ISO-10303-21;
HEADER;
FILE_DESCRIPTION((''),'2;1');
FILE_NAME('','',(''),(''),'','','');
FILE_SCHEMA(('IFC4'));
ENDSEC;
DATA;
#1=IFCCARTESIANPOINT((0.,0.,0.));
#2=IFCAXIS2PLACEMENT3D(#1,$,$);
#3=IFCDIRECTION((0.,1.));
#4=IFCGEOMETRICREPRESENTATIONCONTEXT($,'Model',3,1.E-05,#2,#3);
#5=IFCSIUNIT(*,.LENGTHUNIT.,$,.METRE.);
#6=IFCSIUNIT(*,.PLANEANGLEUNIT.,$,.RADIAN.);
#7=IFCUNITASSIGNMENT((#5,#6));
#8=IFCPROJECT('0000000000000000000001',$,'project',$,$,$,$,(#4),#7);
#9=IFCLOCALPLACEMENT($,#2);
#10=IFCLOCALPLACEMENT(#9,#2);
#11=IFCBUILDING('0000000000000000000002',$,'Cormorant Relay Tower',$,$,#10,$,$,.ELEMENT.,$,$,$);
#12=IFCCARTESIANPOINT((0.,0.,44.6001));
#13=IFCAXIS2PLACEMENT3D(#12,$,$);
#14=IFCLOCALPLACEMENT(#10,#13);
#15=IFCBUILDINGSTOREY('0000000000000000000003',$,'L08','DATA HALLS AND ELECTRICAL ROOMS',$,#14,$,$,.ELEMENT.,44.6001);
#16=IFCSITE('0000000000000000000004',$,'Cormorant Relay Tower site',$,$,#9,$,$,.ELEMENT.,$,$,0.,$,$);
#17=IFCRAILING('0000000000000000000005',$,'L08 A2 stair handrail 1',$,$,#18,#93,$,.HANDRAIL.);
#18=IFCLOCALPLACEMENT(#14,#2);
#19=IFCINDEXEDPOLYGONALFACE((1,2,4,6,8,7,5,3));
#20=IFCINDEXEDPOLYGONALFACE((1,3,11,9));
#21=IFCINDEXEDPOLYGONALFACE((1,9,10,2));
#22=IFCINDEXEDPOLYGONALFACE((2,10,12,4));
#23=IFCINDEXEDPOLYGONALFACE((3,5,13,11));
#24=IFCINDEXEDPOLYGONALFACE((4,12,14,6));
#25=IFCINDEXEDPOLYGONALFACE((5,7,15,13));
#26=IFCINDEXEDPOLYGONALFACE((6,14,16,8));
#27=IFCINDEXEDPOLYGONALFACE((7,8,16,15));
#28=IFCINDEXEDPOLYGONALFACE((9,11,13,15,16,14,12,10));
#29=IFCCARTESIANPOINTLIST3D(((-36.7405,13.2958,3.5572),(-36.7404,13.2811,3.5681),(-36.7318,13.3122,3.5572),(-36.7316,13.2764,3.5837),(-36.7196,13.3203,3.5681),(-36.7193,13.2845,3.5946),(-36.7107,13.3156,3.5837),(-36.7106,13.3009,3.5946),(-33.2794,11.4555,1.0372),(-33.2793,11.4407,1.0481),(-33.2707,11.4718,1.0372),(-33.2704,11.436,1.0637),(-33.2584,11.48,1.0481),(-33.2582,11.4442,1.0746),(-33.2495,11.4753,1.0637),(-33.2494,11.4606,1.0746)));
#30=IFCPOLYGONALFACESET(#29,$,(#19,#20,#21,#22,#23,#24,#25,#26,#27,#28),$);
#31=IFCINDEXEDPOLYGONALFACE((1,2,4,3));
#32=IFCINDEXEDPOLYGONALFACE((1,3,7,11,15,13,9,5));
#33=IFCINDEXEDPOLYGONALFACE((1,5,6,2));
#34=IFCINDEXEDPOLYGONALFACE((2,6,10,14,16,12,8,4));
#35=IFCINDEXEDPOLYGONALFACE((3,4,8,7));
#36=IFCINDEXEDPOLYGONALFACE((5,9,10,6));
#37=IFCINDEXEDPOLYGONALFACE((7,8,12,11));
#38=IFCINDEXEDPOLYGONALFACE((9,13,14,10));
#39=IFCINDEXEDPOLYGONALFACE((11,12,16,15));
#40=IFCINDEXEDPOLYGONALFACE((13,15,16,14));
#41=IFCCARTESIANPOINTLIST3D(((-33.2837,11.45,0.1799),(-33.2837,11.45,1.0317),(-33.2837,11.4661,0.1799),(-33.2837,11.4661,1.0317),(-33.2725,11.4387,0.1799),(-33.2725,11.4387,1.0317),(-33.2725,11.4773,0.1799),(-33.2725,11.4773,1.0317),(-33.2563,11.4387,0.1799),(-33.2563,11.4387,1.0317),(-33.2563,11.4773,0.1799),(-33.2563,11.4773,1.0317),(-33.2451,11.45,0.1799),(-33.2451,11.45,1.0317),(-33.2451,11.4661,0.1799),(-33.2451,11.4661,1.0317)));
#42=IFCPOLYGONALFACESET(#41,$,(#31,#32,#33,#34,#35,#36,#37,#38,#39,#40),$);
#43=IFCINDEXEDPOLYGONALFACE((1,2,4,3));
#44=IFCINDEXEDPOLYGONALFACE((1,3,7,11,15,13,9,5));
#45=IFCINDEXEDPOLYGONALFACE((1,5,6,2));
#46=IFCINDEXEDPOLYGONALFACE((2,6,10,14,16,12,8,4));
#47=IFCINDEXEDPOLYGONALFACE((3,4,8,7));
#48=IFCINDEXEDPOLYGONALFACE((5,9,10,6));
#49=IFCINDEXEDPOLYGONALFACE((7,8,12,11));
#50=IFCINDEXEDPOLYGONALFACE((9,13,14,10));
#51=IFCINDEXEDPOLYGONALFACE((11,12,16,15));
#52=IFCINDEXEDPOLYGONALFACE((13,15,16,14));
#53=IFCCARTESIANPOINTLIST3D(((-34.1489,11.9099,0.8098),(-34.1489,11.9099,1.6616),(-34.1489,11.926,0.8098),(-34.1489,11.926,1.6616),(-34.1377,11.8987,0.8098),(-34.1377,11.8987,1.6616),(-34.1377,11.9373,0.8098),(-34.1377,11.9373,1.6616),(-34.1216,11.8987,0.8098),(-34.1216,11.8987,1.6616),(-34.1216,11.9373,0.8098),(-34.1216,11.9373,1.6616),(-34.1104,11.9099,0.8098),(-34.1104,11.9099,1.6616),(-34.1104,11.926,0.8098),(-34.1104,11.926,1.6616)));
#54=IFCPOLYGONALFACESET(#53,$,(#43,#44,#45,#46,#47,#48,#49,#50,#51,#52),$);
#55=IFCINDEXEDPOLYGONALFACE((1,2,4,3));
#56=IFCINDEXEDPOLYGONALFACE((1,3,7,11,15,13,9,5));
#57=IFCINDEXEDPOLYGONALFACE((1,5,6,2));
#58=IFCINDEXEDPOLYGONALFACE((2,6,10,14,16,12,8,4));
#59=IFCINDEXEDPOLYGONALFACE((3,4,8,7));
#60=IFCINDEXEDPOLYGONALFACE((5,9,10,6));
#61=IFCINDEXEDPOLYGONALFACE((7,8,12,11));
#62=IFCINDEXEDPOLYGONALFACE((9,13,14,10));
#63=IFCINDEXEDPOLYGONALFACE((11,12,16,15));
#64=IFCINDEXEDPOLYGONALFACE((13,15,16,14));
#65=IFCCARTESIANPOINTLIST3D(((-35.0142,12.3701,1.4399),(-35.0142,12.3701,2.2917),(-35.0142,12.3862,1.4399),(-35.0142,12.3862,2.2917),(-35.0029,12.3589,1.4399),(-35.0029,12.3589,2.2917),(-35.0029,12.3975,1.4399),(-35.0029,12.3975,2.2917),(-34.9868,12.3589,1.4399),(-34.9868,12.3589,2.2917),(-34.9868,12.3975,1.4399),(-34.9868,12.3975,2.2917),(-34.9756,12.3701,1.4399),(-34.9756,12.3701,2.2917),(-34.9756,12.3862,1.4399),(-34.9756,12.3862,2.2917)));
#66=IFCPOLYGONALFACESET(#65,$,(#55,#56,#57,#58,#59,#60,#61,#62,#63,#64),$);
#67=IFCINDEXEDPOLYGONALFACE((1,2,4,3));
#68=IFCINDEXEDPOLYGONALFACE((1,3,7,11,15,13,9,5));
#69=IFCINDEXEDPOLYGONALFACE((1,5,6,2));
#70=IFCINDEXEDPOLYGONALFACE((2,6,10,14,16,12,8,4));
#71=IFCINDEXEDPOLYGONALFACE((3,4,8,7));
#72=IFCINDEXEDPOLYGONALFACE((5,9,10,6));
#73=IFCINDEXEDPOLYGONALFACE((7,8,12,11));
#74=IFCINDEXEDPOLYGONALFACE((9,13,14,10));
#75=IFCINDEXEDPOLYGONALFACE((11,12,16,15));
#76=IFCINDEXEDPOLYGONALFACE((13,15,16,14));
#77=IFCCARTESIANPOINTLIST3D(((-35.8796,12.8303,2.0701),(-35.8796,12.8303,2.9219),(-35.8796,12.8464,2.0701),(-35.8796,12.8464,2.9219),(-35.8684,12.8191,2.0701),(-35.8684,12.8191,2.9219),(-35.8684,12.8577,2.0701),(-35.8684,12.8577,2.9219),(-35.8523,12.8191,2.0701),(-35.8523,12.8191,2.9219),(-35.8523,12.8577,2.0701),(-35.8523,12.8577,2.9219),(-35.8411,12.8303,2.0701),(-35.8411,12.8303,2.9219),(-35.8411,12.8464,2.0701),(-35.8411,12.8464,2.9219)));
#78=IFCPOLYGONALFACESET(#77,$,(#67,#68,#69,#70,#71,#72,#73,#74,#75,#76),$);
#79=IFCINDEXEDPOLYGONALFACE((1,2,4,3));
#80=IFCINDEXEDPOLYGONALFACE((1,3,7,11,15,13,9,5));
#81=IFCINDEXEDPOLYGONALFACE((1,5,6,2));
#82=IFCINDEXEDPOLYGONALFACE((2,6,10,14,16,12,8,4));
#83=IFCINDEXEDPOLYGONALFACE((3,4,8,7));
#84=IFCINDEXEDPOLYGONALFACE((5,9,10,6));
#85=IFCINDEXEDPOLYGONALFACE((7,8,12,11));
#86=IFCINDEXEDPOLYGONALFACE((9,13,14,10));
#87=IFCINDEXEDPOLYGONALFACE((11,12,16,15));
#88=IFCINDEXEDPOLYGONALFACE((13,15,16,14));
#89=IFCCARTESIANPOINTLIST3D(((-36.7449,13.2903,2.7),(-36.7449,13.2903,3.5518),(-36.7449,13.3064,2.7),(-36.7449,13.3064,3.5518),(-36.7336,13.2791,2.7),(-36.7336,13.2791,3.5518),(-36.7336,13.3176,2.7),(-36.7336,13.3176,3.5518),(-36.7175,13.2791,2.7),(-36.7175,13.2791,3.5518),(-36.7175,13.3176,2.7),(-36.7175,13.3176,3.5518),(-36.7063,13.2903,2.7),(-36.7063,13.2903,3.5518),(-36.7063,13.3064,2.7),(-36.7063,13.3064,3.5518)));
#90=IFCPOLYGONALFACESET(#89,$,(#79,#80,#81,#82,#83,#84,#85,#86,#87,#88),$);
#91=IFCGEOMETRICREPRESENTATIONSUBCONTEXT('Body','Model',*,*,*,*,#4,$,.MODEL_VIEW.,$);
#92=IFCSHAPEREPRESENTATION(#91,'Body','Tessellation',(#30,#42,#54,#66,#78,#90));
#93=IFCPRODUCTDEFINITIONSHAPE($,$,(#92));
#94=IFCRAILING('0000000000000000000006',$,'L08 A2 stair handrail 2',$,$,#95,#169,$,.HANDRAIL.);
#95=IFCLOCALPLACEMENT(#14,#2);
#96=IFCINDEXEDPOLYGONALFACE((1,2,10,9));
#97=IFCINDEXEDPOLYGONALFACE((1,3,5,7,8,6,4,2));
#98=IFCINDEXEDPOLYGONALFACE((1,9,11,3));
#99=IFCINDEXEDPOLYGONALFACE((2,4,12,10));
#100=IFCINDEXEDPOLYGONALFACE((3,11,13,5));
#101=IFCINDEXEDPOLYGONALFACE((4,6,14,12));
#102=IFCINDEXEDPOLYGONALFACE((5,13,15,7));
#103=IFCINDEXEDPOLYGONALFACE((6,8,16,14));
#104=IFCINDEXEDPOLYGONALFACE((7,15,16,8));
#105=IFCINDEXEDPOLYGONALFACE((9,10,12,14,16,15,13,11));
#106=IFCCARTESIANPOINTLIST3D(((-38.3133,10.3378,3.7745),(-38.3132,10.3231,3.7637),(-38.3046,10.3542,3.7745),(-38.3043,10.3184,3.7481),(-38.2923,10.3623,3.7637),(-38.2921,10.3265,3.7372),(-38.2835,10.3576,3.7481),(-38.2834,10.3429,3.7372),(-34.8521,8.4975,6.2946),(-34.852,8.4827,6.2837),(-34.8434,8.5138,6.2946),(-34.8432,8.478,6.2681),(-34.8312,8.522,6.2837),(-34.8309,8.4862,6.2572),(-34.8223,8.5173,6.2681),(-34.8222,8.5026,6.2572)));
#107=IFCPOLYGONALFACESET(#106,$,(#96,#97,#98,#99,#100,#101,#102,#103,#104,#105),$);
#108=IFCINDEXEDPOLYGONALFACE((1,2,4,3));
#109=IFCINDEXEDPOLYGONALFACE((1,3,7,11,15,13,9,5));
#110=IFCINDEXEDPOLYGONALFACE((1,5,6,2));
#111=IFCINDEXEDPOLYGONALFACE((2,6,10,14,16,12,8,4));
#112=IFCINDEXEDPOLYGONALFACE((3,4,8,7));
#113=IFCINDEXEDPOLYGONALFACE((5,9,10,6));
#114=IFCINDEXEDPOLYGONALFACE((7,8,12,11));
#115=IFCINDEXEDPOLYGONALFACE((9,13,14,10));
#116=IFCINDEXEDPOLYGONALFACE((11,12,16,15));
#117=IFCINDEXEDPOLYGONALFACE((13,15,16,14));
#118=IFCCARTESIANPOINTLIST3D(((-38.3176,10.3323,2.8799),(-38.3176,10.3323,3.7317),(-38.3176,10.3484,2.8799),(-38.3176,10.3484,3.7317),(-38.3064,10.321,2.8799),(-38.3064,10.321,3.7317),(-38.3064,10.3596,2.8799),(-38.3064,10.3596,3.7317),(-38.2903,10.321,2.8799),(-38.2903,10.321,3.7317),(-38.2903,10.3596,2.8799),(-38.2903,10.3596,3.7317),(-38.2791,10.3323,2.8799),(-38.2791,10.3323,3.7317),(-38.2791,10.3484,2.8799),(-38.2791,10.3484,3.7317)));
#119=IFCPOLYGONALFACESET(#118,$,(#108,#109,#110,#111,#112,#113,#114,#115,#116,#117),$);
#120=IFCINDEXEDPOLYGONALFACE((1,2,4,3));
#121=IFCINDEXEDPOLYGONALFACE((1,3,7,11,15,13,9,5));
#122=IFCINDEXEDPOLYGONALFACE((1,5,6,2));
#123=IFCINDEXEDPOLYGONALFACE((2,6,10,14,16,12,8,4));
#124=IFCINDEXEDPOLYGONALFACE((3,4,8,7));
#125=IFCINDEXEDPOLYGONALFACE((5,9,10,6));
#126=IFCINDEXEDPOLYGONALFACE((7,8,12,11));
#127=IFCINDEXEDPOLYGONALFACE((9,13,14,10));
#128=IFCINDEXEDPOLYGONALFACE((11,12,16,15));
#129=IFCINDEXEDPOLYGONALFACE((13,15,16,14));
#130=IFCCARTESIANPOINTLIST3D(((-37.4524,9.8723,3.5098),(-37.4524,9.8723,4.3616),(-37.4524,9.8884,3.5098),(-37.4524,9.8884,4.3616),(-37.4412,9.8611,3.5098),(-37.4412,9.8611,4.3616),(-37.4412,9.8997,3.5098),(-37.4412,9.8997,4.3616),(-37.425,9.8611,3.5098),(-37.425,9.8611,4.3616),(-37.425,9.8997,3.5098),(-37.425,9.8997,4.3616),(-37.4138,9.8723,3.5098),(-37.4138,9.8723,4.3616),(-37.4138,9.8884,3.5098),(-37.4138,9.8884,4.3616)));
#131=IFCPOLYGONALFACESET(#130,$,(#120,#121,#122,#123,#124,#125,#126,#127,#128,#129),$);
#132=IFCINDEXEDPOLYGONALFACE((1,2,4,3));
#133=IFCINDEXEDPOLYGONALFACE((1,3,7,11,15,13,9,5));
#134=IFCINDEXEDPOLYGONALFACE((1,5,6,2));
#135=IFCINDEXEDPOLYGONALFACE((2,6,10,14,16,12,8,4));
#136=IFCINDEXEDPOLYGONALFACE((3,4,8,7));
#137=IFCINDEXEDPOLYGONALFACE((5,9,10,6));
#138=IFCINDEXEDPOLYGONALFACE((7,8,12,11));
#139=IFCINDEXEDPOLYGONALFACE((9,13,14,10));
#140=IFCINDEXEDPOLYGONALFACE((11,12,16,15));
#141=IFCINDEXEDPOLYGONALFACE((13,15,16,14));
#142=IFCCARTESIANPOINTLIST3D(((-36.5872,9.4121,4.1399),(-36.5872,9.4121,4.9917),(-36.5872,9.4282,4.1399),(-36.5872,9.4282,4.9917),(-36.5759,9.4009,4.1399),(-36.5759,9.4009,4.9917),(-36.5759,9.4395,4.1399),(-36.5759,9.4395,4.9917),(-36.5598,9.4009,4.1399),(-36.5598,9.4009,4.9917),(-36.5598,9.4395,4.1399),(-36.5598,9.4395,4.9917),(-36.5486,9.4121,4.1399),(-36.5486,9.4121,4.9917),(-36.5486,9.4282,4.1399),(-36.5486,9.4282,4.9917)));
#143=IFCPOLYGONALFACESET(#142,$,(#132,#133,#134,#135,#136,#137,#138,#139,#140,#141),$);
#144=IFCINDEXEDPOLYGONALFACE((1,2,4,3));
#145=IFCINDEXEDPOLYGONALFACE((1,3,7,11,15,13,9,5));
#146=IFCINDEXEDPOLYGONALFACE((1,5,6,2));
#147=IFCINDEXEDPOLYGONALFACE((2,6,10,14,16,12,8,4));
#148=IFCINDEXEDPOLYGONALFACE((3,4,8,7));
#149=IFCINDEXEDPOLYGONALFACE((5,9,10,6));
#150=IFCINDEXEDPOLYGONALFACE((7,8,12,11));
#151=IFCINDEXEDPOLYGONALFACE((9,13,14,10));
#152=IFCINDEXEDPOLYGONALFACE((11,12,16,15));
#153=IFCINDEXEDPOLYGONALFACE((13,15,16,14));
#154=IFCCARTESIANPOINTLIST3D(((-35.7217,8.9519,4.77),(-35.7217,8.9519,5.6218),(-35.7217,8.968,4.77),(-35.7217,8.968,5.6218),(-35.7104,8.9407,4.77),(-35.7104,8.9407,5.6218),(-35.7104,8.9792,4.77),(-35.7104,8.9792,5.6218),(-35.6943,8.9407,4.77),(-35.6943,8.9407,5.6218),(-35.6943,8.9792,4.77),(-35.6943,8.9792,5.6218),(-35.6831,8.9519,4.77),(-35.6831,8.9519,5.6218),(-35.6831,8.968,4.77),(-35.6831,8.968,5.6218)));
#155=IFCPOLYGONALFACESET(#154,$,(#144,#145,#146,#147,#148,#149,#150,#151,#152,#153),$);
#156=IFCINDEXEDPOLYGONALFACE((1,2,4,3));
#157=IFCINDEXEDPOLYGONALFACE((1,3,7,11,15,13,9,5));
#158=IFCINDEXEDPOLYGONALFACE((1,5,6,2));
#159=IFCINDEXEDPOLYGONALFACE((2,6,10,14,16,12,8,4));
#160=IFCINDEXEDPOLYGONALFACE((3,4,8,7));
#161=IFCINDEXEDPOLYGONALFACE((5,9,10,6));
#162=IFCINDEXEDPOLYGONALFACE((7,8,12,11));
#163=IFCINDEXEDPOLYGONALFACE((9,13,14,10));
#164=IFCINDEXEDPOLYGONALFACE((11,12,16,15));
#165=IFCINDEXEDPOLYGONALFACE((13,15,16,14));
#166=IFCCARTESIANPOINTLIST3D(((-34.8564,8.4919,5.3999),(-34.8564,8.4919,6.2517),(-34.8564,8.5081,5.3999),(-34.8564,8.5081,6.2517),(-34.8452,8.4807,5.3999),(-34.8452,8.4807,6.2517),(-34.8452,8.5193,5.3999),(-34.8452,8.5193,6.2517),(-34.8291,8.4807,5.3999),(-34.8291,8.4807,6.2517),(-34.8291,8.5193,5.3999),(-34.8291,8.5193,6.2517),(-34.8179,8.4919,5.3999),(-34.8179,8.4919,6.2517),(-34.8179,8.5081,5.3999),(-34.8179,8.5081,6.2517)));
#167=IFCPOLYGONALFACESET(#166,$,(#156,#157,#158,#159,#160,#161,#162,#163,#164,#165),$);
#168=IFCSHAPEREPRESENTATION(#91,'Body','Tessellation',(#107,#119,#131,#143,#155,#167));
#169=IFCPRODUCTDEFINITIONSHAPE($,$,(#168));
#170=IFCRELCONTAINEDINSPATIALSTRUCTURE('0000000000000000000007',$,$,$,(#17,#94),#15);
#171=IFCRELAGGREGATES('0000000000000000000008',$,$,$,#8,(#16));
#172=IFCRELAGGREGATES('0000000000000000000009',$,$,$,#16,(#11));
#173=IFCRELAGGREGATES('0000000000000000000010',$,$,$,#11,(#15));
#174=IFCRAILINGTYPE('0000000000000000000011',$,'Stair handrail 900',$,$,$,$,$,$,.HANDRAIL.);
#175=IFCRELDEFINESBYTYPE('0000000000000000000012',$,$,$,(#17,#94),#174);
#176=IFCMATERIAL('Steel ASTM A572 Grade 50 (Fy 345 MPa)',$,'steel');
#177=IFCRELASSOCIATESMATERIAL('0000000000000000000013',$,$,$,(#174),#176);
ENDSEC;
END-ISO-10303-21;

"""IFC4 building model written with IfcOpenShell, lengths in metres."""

from ifc_helpers import new_model, si_unit, direction, frame, origin, place, context, subcontext, project, spatial, polyline, outline, extrude, material, type_object, element, save


model = new_model("IFC4")

# Units and contexts
model_context = context("Model", 3, precision=1e-05, world=origin(), true_north=direction((0.0, 1.0)))
body_context = subcontext(model_context, "Body", "Model", "MODEL_VIEW")
ifc_project = project(units=[si_unit("LENGTHUNIT", "METRE"), si_unit("PLANEANGLEUNIT", "RADIAN")], contexts=[model_context])

# Site, building, storey
site_placement = place(None, origin())
site = spatial("IfcSite", under=ifc_project, at=site_placement, Name="Cormorant Relay Tower site", CompositionType="ELEMENT", RefElevation=0.0)
building_placement = place(site_placement, origin())
building = spatial("IfcBuilding", under=site, at=building_placement, Name="Cormorant Relay Tower", CompositionType="ELEMENT")
storey_placement = place(building_placement, frame((0.0, 0.0, 44.6001)))
storey = spatial("IfcBuildingStorey", under=building, at=storey_placement, Name="L08", Description="DATA HALLS AND ELECTRICAL ROOMS", CompositionType="ELEMENT", Elevation=44.6001)

# Railings
ifc_material_1 = material(Name="Steel ASTM A572 Grade 50 (Fy 345 MPa)", Category="steel")
railing_type_1 = type_object("IfcRailingType", Name="Stair handrail 900", PredefinedType="HANDRAIL", material=ifc_material_1)
railing_1_placement = place(storey_placement, frame((-33.2644, 11.458, 0.1799)))
element("IfcRailing", 1, at=railing_1_placement, inside=storey, type_object=railing_type_1, Name="L08 A2 stair handrail 1", PredefinedType="HANDRAIL", context=body_context, shape_type="SweptSolid", body=[
    extrude(outline(polyline([(0.0222, 0.0093), (0.0093, 0.0222), (-0.0093, 0.0222), (-0.0222, 0.0093), (-0.0222, -0.0093), (-0.0093, -0.0222), (0.0093, -0.0222), (0.0222, -0.0093), (0.0222, 0.0093)])), frame((0.0, 0.0, 0.876), z_axis=(-0.742717, 0.394907, 0.540758), x_axis=(-0.469469, -0.882949, 0.0)), (0.0, 0.0, 1.0), 4.6602),
    extrude(outline(polyline([(0.0193, 0.0081), (0.0081, 0.0193), (-0.0081, 0.0193), (-0.0193, 0.0081), (-0.0193, -0.0081), (-0.0081, -0.0193), (0.0081, -0.0193), (0.0193, -0.0081), (0.0193, 0.0081)])), origin(), (0.0, 0.0, 1.0), 0.8518),
    extrude(outline(polyline([(0.0193, 0.0081), (0.0081, 0.0193), (-0.0081, 0.0193), (-0.0193, 0.0081), (-0.0193, -0.0081), (-0.0081, -0.0193), (0.0081, -0.0193), (0.0193, -0.0081), (0.0193, 0.0081)])), frame((-0.8652, 0.46, 0.6299)), (0.0, 0.0, 1.0), 0.8518),
    extrude(outline(polyline([(0.0193, 0.0081), (0.0081, 0.0193), (-0.0081, 0.0193), (-0.0193, 0.0081), (-0.0193, -0.0081), (-0.0081, -0.0193), (0.0081, -0.0193), (0.0193, -0.0081), (0.0193, 0.0081)])), frame((-1.7305, 0.9202, 1.26)), (0.0, 0.0, 1.0), 0.8518),
    extrude(outline(polyline([(0.0193, 0.0081), (0.0081, 0.0193), (-0.0081, 0.0193), (-0.0193, 0.0081), (-0.0193, -0.0081), (-0.0081, -0.0193), (0.0081, -0.0193), (0.0193, -0.0081), (0.0193, 0.0081)])), frame((-2.5959, 1.3804, 1.8901)), (0.0, 0.0, 1.0), 0.8518),
    extrude(outline(polyline([(0.0193, 0.0081), (0.0081, 0.0193), (-0.0081, 0.0193), (-0.0193, 0.0081), (-0.0193, -0.0081), (-0.0081, -0.0193), (0.0081, -0.0193), (0.0193, -0.0081), (0.0193, 0.0081)])), frame((-3.4612, 1.8403, 2.52)), (0.0, 0.0, 1.0), 0.8518),
])
railing_2_placement = place(storey_placement, frame((-38.2983, 10.3403, 2.8799)))
element("IfcRailing", 2, at=railing_2_placement, inside=storey, type_object=railing_type_1, Name="L08 A2 stair handrail 2", PredefinedType="HANDRAIL", context=body_context, shape_type="SweptSolid", body=[
    extrude(outline(polyline([(0.0222, 0.0093), (0.0093, 0.0222), (-0.0093, 0.0222), (-0.0222, 0.0093), (-0.0222, -0.0093), (-0.0093, -0.0222), (0.0093, -0.0222), (0.0222, -0.0093), (0.0222, 0.0093)])), frame((0.0, 0.0, 0.876), z_axis=(0.742717, -0.394907, 0.540758), x_axis=(0.469469, 0.882949, 0.0)), (0.0, 0.0, 1.0), 4.6602),
    extrude(outline(polyline([(0.0193, 0.0081), (0.0081, 0.0193), (-0.0081, 0.0193), (-0.0193, 0.0081), (-0.0193, -0.0081), (-0.0081, -0.0193), (0.0081, -0.0193), (0.0193, -0.0081), (0.0193, 0.0081)])), origin(), (0.0, 0.0, 1.0), 0.8518),
    extrude(outline(polyline([(0.0193, 0.0081), (0.0081, 0.0193), (-0.0081, 0.0193), (-0.0193, 0.0081), (-0.0193, -0.0081), (-0.0081, -0.0193), (0.0081, -0.0193), (0.0193, -0.0081), (0.0193, 0.0081)])), frame((0.8652, -0.46, 0.6299)), (0.0, 0.0, 1.0), 0.8518),
    extrude(outline(polyline([(0.0193, 0.0081), (0.0081, 0.0193), (-0.0081, 0.0193), (-0.0193, 0.0081), (-0.0193, -0.0081), (-0.0081, -0.0193), (0.0081, -0.0193), (0.0193, -0.0081), (0.0193, 0.0081)])), frame((1.7305, -0.9202, 1.26)), (0.0, 0.0, 1.0), 0.8518),
    extrude(outline(polyline([(0.0193, 0.0081), (0.0081, 0.0193), (-0.0081, 0.0193), (-0.0193, 0.0081), (-0.0193, -0.0081), (-0.0081, -0.0193), (0.0081, -0.0193), (0.0193, -0.0081), (0.0193, 0.0081)])), frame((2.5959, -1.3804, 1.8901)), (0.0, 0.0, 1.0), 0.8518),
    extrude(outline(polyline([(0.0193, 0.0081), (0.0081, 0.0193), (-0.0081, 0.0193), (-0.0193, 0.0081), (-0.0193, -0.0081), (-0.0081, -0.0193), (0.0081, -0.0193), (0.0193, -0.0081), (0.0193, 0.0081)])), frame((3.4612, -1.8403, 2.52)), (0.0, 0.0, 1.0), 0.8518),
])

save(model, "model.ifc")
